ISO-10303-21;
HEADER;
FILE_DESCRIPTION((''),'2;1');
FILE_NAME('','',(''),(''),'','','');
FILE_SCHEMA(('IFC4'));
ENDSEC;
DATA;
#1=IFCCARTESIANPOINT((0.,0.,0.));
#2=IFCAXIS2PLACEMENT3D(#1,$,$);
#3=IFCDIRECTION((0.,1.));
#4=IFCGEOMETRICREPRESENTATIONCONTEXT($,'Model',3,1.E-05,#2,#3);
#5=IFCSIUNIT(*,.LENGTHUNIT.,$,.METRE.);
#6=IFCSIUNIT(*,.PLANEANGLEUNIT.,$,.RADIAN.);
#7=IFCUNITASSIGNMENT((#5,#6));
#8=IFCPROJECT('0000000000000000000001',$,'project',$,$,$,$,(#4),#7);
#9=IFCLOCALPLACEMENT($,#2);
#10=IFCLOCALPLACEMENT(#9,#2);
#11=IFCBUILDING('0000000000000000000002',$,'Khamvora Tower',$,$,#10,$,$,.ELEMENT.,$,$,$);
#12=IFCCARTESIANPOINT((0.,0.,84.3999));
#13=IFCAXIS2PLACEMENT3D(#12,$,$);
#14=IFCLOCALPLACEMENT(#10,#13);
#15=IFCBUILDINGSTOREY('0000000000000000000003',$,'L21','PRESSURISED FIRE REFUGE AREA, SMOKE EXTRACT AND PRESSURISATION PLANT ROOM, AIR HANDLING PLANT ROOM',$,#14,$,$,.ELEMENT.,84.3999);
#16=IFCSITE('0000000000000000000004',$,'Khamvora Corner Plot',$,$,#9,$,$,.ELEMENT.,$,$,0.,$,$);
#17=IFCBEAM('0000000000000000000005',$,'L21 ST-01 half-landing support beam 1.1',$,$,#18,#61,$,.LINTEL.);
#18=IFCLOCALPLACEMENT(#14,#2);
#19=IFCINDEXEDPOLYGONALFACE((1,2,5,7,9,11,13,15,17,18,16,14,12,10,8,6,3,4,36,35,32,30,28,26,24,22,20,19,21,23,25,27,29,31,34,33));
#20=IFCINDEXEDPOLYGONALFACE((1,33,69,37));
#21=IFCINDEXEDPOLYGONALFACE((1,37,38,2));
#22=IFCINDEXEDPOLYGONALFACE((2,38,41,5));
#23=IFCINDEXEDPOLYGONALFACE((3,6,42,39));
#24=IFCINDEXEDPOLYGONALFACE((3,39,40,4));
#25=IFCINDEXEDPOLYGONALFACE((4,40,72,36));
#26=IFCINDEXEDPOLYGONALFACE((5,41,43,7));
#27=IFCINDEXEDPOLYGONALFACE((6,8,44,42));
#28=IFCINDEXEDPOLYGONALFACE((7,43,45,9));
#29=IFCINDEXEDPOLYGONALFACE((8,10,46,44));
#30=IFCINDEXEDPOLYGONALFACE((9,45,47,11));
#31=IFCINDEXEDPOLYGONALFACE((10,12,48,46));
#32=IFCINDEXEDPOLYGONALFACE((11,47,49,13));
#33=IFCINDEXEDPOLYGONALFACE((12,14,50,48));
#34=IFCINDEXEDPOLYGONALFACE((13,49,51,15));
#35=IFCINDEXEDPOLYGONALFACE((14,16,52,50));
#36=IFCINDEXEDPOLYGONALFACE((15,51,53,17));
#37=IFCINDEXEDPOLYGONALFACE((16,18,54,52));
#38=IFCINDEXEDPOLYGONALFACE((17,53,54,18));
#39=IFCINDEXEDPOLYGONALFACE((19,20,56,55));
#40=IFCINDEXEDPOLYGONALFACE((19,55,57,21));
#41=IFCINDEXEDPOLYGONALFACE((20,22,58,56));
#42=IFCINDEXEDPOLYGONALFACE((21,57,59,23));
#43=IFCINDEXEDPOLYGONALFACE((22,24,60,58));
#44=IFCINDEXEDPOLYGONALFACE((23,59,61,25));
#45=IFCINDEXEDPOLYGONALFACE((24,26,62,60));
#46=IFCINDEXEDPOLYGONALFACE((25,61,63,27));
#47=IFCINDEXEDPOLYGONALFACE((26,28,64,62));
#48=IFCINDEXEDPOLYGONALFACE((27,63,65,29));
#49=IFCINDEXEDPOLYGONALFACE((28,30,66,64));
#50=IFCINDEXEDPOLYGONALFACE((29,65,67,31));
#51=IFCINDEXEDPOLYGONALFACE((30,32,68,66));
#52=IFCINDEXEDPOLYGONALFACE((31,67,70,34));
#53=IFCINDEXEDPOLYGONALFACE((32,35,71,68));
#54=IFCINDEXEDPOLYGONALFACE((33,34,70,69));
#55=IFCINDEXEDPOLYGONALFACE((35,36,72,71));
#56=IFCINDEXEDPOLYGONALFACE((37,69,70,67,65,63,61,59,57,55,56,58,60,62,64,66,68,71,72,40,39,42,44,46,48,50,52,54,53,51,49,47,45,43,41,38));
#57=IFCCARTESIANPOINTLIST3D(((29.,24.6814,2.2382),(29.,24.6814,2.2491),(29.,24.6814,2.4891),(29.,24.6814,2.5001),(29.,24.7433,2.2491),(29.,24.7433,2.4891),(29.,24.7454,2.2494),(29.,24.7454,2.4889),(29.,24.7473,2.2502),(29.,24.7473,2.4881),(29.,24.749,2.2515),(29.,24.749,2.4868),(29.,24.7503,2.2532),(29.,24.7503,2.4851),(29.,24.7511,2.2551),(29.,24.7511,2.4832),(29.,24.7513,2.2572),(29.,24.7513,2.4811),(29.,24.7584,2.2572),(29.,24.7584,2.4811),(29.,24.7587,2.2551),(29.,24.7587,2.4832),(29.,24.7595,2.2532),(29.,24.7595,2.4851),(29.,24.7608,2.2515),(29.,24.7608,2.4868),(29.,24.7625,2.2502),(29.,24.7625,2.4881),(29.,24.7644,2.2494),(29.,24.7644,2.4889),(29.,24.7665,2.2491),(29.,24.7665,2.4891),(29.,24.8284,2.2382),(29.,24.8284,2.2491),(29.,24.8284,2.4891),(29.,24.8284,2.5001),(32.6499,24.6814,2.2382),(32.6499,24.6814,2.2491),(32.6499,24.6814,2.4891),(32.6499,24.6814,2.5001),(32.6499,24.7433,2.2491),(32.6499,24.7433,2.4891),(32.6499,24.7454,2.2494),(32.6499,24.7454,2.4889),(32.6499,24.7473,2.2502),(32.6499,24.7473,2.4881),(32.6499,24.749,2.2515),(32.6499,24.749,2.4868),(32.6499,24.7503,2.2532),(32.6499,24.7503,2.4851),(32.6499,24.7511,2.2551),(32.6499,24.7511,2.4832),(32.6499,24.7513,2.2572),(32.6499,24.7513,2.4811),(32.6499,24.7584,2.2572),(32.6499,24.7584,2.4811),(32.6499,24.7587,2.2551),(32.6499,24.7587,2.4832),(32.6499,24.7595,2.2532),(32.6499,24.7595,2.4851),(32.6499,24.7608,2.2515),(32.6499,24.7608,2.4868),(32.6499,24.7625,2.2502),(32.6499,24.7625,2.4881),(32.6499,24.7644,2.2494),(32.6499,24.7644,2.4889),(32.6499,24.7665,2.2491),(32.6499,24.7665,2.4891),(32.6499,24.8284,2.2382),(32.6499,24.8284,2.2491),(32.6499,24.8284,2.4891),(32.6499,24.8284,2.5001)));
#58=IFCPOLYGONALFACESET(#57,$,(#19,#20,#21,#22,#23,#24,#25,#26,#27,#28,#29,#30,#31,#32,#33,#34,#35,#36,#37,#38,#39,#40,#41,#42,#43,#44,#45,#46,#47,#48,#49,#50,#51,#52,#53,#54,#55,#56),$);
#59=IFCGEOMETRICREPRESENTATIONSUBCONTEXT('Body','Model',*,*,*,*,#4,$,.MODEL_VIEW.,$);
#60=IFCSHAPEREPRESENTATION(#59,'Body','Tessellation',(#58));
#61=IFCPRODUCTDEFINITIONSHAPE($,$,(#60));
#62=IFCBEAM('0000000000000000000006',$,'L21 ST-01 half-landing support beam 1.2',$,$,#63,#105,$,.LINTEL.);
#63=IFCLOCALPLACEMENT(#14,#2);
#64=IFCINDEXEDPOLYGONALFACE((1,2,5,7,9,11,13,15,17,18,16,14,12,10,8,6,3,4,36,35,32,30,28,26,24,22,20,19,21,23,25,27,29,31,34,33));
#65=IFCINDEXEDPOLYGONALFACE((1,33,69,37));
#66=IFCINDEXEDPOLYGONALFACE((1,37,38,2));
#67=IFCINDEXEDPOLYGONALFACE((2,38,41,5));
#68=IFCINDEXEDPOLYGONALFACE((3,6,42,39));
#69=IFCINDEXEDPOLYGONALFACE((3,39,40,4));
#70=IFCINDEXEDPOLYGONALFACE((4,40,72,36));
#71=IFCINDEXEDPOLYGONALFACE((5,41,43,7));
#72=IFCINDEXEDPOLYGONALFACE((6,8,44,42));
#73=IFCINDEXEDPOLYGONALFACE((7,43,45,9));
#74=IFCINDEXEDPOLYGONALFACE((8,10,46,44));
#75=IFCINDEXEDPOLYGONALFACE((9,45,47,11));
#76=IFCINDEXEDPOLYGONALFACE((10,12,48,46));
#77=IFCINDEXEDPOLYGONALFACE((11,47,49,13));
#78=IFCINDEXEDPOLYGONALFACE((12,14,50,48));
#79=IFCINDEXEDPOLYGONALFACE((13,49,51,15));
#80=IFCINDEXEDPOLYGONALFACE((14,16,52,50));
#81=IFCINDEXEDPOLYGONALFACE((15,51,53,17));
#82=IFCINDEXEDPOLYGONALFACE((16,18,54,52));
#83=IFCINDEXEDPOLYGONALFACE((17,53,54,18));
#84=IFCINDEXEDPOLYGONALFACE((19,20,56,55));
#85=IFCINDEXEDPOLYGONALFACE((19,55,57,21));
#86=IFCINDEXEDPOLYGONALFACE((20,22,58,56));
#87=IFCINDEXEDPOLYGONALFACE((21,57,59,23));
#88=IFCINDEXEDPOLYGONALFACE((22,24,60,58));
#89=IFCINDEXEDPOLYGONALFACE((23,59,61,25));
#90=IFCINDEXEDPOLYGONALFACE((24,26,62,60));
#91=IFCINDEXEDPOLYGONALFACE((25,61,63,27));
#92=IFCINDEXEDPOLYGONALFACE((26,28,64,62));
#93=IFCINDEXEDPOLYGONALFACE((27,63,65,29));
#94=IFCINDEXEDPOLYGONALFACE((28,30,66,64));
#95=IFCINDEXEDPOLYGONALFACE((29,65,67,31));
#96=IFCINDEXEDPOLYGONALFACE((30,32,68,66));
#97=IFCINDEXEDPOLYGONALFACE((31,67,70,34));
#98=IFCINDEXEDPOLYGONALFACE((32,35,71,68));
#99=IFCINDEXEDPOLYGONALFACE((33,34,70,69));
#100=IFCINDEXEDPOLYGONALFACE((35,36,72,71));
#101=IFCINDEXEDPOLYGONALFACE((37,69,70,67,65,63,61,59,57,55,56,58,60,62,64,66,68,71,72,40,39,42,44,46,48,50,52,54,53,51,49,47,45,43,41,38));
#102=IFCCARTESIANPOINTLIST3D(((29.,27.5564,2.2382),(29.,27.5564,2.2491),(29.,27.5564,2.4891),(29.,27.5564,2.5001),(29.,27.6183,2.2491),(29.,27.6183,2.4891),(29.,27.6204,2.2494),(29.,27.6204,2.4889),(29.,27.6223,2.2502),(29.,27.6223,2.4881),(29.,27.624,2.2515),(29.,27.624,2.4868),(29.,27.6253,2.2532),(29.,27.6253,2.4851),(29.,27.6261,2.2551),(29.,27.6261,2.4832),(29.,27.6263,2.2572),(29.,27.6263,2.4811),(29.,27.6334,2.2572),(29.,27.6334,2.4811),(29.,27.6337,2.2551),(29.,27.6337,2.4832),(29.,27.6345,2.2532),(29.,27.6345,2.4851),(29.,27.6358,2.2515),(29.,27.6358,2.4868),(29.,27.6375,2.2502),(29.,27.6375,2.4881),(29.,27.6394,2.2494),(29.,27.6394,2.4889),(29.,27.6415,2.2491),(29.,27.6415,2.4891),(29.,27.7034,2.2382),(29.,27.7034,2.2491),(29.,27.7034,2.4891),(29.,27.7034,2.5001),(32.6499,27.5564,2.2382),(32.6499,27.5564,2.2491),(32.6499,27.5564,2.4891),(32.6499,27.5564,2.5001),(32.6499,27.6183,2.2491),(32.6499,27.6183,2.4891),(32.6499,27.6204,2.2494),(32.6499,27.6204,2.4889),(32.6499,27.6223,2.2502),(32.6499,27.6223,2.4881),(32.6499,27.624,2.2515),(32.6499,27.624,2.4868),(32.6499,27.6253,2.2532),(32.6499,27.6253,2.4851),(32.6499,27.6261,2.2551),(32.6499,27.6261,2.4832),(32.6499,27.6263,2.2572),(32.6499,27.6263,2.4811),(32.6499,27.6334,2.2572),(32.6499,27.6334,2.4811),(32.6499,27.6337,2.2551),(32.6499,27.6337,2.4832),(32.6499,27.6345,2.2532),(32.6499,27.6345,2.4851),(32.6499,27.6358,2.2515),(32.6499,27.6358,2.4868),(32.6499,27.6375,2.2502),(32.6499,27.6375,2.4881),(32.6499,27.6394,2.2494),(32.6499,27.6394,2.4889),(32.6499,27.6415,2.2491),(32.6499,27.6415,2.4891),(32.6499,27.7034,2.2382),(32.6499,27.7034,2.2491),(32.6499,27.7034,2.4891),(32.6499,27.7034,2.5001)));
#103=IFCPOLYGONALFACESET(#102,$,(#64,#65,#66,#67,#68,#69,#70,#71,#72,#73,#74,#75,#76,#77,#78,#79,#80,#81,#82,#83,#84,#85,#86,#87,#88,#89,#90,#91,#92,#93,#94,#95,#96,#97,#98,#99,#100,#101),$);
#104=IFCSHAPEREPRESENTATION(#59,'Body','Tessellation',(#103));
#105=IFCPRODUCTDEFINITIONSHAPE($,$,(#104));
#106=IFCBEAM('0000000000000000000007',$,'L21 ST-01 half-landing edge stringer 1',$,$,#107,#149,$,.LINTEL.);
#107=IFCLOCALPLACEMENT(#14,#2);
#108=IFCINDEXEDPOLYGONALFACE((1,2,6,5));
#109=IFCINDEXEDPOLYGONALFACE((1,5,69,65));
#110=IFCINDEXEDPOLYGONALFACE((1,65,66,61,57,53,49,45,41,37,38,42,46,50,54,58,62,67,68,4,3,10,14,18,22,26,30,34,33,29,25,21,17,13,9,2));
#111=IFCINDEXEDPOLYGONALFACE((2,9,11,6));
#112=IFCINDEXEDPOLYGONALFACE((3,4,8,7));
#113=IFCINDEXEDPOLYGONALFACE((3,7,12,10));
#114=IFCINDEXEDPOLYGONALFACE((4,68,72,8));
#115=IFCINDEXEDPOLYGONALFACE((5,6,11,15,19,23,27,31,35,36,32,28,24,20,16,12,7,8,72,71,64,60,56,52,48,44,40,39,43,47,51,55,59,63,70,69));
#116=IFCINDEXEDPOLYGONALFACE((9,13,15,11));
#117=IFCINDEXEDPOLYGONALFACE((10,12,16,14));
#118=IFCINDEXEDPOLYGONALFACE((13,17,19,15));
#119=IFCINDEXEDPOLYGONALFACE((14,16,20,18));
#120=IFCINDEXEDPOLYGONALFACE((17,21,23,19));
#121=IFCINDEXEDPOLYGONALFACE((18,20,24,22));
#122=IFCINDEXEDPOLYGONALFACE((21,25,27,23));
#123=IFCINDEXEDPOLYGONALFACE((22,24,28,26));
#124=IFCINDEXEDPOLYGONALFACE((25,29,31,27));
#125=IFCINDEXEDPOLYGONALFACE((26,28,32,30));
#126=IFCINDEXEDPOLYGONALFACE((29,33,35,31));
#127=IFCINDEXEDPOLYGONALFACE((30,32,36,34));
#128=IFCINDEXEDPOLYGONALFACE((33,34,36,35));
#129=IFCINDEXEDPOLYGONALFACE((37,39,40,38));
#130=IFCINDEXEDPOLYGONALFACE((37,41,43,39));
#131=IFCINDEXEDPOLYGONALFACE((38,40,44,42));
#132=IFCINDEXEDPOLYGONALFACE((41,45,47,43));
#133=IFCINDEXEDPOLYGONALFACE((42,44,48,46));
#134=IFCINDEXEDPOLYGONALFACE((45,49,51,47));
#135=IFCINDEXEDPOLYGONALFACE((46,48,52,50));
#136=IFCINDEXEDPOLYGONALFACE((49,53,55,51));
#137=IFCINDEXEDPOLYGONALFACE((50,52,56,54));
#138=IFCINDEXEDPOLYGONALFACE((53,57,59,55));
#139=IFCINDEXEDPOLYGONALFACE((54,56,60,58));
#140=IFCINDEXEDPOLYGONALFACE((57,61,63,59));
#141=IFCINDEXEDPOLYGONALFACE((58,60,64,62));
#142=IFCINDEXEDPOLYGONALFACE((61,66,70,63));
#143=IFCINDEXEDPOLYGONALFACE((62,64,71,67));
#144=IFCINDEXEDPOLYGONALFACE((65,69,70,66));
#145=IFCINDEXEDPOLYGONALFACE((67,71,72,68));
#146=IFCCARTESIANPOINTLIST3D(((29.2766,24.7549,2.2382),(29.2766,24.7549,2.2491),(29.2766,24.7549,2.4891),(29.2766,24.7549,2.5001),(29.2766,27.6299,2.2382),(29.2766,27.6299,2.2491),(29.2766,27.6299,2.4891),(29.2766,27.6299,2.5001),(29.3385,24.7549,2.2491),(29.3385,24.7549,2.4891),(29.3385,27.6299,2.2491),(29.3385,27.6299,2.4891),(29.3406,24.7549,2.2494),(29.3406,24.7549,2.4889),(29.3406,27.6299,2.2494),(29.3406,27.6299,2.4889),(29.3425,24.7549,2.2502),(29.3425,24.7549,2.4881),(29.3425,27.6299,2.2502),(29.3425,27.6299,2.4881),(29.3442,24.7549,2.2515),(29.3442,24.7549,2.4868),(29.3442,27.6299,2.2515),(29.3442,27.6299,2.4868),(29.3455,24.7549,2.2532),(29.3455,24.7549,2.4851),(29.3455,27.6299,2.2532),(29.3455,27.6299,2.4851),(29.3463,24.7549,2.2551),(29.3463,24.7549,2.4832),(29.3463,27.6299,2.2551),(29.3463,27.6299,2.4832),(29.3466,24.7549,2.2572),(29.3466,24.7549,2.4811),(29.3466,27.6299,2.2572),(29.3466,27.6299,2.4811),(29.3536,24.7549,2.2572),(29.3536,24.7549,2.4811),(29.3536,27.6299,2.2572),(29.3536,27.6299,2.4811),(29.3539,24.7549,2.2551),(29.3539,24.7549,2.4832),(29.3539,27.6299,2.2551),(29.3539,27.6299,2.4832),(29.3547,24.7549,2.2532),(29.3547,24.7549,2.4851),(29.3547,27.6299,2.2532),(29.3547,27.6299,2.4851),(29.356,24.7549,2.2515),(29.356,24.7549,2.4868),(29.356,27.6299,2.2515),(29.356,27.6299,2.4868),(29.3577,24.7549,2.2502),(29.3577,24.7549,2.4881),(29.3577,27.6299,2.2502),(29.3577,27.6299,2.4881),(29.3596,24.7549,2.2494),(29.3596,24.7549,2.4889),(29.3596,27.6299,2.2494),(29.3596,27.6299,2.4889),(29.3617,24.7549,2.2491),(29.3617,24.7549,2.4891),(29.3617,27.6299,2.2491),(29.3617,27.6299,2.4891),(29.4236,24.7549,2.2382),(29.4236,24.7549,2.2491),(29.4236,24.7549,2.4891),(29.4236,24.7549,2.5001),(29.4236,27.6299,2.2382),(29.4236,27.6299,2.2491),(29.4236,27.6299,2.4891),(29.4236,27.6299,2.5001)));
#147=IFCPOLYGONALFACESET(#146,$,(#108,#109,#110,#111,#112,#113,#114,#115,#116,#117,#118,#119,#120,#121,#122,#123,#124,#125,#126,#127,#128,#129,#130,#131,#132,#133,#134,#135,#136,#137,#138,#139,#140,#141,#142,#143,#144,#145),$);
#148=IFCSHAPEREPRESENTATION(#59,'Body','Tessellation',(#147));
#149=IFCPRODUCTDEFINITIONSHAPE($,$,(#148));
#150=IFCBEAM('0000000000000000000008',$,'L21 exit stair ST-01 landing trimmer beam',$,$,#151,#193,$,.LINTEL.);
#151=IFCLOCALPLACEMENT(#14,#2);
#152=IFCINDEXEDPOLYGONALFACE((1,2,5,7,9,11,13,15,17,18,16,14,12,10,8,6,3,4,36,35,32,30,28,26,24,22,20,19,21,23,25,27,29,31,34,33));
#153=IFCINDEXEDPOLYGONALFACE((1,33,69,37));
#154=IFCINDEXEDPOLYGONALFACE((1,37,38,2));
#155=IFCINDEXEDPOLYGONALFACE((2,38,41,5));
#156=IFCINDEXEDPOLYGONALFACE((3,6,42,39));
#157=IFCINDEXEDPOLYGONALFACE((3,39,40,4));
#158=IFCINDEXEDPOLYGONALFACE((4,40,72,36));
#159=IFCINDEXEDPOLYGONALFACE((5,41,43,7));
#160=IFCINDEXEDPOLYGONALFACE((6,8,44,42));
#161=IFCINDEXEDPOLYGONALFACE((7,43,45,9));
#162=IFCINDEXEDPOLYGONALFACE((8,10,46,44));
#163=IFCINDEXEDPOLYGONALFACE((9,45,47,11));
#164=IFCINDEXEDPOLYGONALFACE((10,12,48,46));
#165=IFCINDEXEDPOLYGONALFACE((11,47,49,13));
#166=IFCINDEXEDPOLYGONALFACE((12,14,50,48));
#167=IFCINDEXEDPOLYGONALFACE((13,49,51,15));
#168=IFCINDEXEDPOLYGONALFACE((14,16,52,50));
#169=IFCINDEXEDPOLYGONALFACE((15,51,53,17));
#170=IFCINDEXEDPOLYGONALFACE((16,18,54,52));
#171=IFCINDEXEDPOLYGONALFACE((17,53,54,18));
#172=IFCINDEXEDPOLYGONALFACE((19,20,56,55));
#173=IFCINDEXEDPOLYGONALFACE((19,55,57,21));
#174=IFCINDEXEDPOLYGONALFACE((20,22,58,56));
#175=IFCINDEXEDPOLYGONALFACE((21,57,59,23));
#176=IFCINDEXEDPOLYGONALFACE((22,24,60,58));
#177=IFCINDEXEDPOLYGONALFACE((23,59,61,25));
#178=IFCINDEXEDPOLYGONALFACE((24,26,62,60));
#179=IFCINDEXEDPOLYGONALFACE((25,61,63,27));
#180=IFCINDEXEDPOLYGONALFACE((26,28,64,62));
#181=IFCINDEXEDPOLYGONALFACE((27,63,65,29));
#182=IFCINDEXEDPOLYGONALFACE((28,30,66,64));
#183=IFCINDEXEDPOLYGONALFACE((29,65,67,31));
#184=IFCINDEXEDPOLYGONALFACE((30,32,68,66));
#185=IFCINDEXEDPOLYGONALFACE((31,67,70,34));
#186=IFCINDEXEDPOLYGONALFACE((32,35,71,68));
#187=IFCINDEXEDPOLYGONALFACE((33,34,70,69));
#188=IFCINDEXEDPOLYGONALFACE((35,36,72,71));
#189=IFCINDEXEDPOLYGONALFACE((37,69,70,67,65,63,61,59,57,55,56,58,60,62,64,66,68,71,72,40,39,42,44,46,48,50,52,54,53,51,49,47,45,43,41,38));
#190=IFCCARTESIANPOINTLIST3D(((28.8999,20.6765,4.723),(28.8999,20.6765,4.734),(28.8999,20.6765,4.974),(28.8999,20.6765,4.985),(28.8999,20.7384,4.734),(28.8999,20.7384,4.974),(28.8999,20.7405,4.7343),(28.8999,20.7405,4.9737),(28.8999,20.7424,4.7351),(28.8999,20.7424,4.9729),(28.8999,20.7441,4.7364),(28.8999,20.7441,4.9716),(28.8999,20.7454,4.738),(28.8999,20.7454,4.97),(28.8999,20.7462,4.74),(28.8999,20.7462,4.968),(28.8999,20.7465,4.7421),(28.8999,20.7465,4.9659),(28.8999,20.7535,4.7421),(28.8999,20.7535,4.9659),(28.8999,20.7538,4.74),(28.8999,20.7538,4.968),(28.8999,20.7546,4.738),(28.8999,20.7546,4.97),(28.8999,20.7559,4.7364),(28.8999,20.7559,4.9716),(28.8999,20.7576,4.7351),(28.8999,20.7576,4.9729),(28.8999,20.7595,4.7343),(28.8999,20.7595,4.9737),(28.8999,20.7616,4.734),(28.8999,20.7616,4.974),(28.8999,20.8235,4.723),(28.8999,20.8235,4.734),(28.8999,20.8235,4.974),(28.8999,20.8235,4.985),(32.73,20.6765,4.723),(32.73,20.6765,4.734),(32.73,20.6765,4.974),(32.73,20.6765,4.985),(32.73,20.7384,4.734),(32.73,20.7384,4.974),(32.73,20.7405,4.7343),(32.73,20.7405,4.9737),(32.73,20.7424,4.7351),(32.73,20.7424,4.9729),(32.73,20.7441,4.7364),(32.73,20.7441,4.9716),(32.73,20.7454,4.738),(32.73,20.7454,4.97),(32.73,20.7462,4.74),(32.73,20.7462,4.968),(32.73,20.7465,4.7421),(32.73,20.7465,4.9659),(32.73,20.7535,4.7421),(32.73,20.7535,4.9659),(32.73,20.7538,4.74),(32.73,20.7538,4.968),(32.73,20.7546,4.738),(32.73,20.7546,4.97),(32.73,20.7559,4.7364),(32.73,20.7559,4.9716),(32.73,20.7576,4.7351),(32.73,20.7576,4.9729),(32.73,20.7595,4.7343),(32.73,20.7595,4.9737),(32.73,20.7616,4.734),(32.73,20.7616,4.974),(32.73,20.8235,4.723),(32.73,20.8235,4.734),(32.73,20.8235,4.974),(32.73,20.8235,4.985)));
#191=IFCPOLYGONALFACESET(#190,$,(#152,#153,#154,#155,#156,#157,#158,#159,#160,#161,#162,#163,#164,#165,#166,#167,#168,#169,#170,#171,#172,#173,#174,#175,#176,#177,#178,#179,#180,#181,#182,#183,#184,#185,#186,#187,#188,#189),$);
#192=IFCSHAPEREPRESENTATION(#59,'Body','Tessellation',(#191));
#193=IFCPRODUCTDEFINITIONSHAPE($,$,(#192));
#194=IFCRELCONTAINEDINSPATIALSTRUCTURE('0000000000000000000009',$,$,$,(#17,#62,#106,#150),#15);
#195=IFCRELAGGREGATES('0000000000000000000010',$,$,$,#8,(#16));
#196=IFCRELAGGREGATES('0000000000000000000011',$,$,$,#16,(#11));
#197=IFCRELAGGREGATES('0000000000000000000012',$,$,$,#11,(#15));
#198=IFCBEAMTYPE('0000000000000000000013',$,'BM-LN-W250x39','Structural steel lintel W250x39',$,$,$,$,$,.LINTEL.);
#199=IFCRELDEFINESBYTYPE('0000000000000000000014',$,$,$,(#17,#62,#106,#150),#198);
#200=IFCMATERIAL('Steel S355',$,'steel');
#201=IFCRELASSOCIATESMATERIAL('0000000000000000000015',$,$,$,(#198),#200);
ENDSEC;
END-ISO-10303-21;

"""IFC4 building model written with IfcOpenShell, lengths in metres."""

from ifc_helpers import new_model, si_unit, direction, frame, origin, origin_2d, place, context, subcontext, project, spatial, i_section, extrude, material, material_profile, profile_set, type_object, element, save


model = new_model("IFC4")

# Units and contexts
model_context = context("Model", 3, precision=1e-05, world=origin(), true_north=direction((0.0, 1.0)))
body_context = subcontext(model_context, "Body", "Model", "MODEL_VIEW")
ifc_project = project(units=[si_unit("LENGTHUNIT", "METRE"), si_unit("PLANEANGLEUNIT", "RADIAN")], contexts=[model_context])

# Site, building, storey
site_placement = place(None, origin())
site = spatial("IfcSite", under=ifc_project, at=site_placement, Name="Khamvora Corner Plot", CompositionType="ELEMENT", RefElevation=0.0)
building_placement = place(site_placement, origin())
building = spatial("IfcBuilding", under=site, at=building_placement, Name="Khamvora Tower", CompositionType="ELEMENT")
storey_placement = place(building_placement, frame((0.0, 0.0, 84.3999)))
storey = spatial("IfcBuildingStorey", under=building, at=storey_placement, Name="L21", Description="PRESSURISED FIRE REFUGE AREA, SMOKE EXTRACT AND PRESSURISATION PLANT ROOM, AIR HANDLING PLANT ROOM", CompositionType="ELEMENT", Elevation=84.3999)

# Beams
ifc_material_1 = material(Name="Steel S355", Category="steel")
ifc_material_profile_1 = material_profile(ifc_material_1, i_section(OverallWidth=0.147, OverallDepth=0.262, WebThickness=0.0071, FlangeThickness=0.011, FilletRadius=0.0081, at=origin_2d()), Name="W250x39")
ifc_profile_set_1 = profile_set([ifc_material_profile_1], Name="Steel S355")
beam_type_1 = type_object("IfcBeamType", Name="BM-LN-W250x39", Description="Structural steel lintel W250x39", PredefinedType="LINTEL", material=ifc_profile_set_1)
for number, where, z_axis, x_axis, name in (
    (1, (29.0, 24.7549, 2.3691), (1.0, 0.0, 0.0), (0.0, 1.0, 0.0), "L21 ST-01 half-landing support beam 1.1"),
    (2, (29.0, 27.6299, 2.3691), (1.0, 0.0, 0.0), (0.0, 1.0, 0.0), "L21 ST-01 half-landing support beam 1.2"),
):
    element("IfcBeam", number, at=place(storey_placement, frame(where, z_axis=z_axis, x_axis=x_axis)), inside=storey, type_object=beam_type_1, Name=name, PredefinedType="LINTEL", context=body_context, shape_type="SweptSolid", body=[
        extrude(i_section(OverallWidth=0.147, OverallDepth=0.262, WebThickness=0.0071, FlangeThickness=0.011, FilletRadius=0.0081, at=origin_2d()), origin(), (0.0, 0.0, 1.0), 3.6499),
    ])
beam_1_placement = place(storey_placement, frame((29.3501, 24.7549, 2.3691), z_axis=(0.0, 1.0, 0.0), x_axis=(-1.0, 0.0, 0.0)))
element("IfcBeam", 3, at=beam_1_placement, inside=storey, type_object=beam_type_1, Name="L21 ST-01 half-landing edge stringer 1", PredefinedType="LINTEL", context=body_context, shape_type="SweptSolid", body=[
    extrude(i_section(OverallWidth=0.147, OverallDepth=0.262, WebThickness=0.0071, FlangeThickness=0.011, FilletRadius=0.0081, at=origin_2d()), origin(), (0.0, 0.0, 1.0), 2.875),
])
beam_2_placement = place(storey_placement, frame((28.8999, 20.75, 4.854), z_axis=(1.0, 0.0, 0.0), x_axis=(0.0, 1.0, 0.0)))
element("IfcBeam", 4, at=beam_2_placement, inside=storey, type_object=beam_type_1, Name="L21 exit stair ST-01 landing trimmer beam", PredefinedType="LINTEL", context=body_context, shape_type="SweptSolid", body=[
    extrude(i_section(OverallWidth=0.147, OverallDepth=0.262, WebThickness=0.0071, FlangeThickness=0.011, FilletRadius=0.0081, at=origin_2d()), origin(), (0.0, 0.0, 1.0), 3.8301),
])

save(model, "model.ifc")
